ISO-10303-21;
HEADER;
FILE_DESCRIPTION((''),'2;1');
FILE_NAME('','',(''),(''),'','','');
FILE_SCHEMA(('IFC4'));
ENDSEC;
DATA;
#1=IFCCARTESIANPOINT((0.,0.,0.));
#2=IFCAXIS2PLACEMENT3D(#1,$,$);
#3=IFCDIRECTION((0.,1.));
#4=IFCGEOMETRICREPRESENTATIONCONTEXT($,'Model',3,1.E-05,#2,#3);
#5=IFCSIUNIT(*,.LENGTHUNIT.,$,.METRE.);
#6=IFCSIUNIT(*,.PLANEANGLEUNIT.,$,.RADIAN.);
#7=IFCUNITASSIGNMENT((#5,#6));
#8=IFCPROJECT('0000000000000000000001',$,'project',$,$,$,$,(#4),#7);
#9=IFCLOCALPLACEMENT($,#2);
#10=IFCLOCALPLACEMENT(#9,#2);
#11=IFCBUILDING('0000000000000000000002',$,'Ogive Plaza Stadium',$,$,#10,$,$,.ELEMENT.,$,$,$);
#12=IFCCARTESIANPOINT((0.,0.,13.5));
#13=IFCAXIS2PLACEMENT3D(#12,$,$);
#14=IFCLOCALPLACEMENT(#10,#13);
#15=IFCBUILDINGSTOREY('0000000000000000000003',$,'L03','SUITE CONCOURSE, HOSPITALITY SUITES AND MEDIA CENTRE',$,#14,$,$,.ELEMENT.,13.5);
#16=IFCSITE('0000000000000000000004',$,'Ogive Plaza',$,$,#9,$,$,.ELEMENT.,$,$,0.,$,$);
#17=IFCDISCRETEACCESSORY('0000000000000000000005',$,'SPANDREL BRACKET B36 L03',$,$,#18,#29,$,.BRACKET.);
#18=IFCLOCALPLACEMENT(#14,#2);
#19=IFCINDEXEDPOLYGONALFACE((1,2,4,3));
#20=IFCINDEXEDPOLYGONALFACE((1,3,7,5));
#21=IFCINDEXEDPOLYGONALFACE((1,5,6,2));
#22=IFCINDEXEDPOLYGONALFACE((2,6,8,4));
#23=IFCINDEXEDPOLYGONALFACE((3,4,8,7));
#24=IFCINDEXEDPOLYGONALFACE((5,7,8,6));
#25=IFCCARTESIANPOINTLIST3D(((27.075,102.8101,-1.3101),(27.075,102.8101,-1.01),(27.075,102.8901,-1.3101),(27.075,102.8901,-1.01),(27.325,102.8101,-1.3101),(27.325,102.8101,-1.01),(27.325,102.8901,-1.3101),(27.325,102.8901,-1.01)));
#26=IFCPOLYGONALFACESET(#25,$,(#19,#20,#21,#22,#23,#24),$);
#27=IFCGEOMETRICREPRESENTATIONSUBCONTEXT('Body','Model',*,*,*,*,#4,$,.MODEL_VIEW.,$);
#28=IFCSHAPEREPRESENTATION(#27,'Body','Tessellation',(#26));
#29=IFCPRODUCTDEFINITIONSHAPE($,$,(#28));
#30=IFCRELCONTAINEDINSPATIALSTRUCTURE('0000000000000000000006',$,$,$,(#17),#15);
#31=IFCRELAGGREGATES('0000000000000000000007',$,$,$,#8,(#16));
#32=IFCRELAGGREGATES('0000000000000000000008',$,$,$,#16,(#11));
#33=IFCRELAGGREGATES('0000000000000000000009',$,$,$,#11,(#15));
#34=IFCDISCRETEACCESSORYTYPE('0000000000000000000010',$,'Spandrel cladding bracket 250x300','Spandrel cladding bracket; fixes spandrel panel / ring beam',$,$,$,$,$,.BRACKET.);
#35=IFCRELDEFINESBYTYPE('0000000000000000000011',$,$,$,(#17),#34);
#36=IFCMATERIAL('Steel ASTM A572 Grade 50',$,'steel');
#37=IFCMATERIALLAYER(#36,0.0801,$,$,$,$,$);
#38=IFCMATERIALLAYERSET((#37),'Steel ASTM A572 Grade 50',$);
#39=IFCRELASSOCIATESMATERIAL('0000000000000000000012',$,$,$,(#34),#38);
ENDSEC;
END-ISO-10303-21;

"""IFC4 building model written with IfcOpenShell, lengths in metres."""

from ifc_helpers import new_model, si_unit, direction, frame, origin, origin_2d, place, context, subcontext, project, spatial, rectangle, extrude, material, layer, layer_set, type_object, element, save


model = new_model("IFC4")

# Units and contexts
model_context = context("Model", 3, precision=1e-05, world=origin(), true_north=direction((0.0, 1.0)))
body_context = subcontext(model_context, "Body", "Model", "MODEL_VIEW")
ifc_project = project(units=[si_unit("LENGTHUNIT", "METRE"), si_unit("PLANEANGLEUNIT", "RADIAN")], contexts=[model_context])

# Site, building, storey
site_placement = place(None, origin())
site = spatial("IfcSite", under=ifc_project, at=site_placement, Name="Ogive Plaza", CompositionType="ELEMENT", RefElevation=0.0)
building_placement = place(site_placement, origin())
building = spatial("IfcBuilding", under=site, at=building_placement, Name="Ogive Plaza Stadium", CompositionType="ELEMENT")
storey_placement = place(building_placement, frame((0.0, 0.0, 13.5)))
storey = spatial("IfcBuildingStorey", under=building, at=storey_placement, Name="L03", Description="SUITE CONCOURSE, HOSPITALITY SUITES AND MEDIA CENTRE", CompositionType="ELEMENT", Elevation=13.5)

# Discrete accessory
ifc_material_1 = material(Name="Steel ASTM A572 Grade 50", Category="steel")
ifc_layer_1 = layer(ifc_material_1, 0.0801)
ifc_layer_set_1 = layer_set([ifc_layer_1], Name="Steel ASTM A572 Grade 50")
discrete_accessory_type = type_object("IfcDiscreteAccessoryType", Name="Spandrel cladding bracket 250x300", Description="Spandrel cladding bracket; fixes spandrel panel / ring beam", PredefinedType="BRACKET", material=ifc_layer_set_1)
discrete_accessory_placement = place(storey_placement, frame((27.2, 102.8501, -1.3101), z_axis=(0.0, 0.0, 1.0), x_axis=(1.0, 0.0, 0.0)))
element("IfcDiscreteAccessory", 1, at=discrete_accessory_placement, inside=storey, type_object=discrete_accessory_type, Name="SPANDREL BRACKET B36 L03", PredefinedType="BRACKET", context=body_context, shape_type="SweptSolid", body=[
    extrude(rectangle(XDim=0.25, YDim=0.0801, at=origin_2d()), origin(), (0.0, 0.0, 1.0), 0.3),
])

save(model, "model.ifc")
